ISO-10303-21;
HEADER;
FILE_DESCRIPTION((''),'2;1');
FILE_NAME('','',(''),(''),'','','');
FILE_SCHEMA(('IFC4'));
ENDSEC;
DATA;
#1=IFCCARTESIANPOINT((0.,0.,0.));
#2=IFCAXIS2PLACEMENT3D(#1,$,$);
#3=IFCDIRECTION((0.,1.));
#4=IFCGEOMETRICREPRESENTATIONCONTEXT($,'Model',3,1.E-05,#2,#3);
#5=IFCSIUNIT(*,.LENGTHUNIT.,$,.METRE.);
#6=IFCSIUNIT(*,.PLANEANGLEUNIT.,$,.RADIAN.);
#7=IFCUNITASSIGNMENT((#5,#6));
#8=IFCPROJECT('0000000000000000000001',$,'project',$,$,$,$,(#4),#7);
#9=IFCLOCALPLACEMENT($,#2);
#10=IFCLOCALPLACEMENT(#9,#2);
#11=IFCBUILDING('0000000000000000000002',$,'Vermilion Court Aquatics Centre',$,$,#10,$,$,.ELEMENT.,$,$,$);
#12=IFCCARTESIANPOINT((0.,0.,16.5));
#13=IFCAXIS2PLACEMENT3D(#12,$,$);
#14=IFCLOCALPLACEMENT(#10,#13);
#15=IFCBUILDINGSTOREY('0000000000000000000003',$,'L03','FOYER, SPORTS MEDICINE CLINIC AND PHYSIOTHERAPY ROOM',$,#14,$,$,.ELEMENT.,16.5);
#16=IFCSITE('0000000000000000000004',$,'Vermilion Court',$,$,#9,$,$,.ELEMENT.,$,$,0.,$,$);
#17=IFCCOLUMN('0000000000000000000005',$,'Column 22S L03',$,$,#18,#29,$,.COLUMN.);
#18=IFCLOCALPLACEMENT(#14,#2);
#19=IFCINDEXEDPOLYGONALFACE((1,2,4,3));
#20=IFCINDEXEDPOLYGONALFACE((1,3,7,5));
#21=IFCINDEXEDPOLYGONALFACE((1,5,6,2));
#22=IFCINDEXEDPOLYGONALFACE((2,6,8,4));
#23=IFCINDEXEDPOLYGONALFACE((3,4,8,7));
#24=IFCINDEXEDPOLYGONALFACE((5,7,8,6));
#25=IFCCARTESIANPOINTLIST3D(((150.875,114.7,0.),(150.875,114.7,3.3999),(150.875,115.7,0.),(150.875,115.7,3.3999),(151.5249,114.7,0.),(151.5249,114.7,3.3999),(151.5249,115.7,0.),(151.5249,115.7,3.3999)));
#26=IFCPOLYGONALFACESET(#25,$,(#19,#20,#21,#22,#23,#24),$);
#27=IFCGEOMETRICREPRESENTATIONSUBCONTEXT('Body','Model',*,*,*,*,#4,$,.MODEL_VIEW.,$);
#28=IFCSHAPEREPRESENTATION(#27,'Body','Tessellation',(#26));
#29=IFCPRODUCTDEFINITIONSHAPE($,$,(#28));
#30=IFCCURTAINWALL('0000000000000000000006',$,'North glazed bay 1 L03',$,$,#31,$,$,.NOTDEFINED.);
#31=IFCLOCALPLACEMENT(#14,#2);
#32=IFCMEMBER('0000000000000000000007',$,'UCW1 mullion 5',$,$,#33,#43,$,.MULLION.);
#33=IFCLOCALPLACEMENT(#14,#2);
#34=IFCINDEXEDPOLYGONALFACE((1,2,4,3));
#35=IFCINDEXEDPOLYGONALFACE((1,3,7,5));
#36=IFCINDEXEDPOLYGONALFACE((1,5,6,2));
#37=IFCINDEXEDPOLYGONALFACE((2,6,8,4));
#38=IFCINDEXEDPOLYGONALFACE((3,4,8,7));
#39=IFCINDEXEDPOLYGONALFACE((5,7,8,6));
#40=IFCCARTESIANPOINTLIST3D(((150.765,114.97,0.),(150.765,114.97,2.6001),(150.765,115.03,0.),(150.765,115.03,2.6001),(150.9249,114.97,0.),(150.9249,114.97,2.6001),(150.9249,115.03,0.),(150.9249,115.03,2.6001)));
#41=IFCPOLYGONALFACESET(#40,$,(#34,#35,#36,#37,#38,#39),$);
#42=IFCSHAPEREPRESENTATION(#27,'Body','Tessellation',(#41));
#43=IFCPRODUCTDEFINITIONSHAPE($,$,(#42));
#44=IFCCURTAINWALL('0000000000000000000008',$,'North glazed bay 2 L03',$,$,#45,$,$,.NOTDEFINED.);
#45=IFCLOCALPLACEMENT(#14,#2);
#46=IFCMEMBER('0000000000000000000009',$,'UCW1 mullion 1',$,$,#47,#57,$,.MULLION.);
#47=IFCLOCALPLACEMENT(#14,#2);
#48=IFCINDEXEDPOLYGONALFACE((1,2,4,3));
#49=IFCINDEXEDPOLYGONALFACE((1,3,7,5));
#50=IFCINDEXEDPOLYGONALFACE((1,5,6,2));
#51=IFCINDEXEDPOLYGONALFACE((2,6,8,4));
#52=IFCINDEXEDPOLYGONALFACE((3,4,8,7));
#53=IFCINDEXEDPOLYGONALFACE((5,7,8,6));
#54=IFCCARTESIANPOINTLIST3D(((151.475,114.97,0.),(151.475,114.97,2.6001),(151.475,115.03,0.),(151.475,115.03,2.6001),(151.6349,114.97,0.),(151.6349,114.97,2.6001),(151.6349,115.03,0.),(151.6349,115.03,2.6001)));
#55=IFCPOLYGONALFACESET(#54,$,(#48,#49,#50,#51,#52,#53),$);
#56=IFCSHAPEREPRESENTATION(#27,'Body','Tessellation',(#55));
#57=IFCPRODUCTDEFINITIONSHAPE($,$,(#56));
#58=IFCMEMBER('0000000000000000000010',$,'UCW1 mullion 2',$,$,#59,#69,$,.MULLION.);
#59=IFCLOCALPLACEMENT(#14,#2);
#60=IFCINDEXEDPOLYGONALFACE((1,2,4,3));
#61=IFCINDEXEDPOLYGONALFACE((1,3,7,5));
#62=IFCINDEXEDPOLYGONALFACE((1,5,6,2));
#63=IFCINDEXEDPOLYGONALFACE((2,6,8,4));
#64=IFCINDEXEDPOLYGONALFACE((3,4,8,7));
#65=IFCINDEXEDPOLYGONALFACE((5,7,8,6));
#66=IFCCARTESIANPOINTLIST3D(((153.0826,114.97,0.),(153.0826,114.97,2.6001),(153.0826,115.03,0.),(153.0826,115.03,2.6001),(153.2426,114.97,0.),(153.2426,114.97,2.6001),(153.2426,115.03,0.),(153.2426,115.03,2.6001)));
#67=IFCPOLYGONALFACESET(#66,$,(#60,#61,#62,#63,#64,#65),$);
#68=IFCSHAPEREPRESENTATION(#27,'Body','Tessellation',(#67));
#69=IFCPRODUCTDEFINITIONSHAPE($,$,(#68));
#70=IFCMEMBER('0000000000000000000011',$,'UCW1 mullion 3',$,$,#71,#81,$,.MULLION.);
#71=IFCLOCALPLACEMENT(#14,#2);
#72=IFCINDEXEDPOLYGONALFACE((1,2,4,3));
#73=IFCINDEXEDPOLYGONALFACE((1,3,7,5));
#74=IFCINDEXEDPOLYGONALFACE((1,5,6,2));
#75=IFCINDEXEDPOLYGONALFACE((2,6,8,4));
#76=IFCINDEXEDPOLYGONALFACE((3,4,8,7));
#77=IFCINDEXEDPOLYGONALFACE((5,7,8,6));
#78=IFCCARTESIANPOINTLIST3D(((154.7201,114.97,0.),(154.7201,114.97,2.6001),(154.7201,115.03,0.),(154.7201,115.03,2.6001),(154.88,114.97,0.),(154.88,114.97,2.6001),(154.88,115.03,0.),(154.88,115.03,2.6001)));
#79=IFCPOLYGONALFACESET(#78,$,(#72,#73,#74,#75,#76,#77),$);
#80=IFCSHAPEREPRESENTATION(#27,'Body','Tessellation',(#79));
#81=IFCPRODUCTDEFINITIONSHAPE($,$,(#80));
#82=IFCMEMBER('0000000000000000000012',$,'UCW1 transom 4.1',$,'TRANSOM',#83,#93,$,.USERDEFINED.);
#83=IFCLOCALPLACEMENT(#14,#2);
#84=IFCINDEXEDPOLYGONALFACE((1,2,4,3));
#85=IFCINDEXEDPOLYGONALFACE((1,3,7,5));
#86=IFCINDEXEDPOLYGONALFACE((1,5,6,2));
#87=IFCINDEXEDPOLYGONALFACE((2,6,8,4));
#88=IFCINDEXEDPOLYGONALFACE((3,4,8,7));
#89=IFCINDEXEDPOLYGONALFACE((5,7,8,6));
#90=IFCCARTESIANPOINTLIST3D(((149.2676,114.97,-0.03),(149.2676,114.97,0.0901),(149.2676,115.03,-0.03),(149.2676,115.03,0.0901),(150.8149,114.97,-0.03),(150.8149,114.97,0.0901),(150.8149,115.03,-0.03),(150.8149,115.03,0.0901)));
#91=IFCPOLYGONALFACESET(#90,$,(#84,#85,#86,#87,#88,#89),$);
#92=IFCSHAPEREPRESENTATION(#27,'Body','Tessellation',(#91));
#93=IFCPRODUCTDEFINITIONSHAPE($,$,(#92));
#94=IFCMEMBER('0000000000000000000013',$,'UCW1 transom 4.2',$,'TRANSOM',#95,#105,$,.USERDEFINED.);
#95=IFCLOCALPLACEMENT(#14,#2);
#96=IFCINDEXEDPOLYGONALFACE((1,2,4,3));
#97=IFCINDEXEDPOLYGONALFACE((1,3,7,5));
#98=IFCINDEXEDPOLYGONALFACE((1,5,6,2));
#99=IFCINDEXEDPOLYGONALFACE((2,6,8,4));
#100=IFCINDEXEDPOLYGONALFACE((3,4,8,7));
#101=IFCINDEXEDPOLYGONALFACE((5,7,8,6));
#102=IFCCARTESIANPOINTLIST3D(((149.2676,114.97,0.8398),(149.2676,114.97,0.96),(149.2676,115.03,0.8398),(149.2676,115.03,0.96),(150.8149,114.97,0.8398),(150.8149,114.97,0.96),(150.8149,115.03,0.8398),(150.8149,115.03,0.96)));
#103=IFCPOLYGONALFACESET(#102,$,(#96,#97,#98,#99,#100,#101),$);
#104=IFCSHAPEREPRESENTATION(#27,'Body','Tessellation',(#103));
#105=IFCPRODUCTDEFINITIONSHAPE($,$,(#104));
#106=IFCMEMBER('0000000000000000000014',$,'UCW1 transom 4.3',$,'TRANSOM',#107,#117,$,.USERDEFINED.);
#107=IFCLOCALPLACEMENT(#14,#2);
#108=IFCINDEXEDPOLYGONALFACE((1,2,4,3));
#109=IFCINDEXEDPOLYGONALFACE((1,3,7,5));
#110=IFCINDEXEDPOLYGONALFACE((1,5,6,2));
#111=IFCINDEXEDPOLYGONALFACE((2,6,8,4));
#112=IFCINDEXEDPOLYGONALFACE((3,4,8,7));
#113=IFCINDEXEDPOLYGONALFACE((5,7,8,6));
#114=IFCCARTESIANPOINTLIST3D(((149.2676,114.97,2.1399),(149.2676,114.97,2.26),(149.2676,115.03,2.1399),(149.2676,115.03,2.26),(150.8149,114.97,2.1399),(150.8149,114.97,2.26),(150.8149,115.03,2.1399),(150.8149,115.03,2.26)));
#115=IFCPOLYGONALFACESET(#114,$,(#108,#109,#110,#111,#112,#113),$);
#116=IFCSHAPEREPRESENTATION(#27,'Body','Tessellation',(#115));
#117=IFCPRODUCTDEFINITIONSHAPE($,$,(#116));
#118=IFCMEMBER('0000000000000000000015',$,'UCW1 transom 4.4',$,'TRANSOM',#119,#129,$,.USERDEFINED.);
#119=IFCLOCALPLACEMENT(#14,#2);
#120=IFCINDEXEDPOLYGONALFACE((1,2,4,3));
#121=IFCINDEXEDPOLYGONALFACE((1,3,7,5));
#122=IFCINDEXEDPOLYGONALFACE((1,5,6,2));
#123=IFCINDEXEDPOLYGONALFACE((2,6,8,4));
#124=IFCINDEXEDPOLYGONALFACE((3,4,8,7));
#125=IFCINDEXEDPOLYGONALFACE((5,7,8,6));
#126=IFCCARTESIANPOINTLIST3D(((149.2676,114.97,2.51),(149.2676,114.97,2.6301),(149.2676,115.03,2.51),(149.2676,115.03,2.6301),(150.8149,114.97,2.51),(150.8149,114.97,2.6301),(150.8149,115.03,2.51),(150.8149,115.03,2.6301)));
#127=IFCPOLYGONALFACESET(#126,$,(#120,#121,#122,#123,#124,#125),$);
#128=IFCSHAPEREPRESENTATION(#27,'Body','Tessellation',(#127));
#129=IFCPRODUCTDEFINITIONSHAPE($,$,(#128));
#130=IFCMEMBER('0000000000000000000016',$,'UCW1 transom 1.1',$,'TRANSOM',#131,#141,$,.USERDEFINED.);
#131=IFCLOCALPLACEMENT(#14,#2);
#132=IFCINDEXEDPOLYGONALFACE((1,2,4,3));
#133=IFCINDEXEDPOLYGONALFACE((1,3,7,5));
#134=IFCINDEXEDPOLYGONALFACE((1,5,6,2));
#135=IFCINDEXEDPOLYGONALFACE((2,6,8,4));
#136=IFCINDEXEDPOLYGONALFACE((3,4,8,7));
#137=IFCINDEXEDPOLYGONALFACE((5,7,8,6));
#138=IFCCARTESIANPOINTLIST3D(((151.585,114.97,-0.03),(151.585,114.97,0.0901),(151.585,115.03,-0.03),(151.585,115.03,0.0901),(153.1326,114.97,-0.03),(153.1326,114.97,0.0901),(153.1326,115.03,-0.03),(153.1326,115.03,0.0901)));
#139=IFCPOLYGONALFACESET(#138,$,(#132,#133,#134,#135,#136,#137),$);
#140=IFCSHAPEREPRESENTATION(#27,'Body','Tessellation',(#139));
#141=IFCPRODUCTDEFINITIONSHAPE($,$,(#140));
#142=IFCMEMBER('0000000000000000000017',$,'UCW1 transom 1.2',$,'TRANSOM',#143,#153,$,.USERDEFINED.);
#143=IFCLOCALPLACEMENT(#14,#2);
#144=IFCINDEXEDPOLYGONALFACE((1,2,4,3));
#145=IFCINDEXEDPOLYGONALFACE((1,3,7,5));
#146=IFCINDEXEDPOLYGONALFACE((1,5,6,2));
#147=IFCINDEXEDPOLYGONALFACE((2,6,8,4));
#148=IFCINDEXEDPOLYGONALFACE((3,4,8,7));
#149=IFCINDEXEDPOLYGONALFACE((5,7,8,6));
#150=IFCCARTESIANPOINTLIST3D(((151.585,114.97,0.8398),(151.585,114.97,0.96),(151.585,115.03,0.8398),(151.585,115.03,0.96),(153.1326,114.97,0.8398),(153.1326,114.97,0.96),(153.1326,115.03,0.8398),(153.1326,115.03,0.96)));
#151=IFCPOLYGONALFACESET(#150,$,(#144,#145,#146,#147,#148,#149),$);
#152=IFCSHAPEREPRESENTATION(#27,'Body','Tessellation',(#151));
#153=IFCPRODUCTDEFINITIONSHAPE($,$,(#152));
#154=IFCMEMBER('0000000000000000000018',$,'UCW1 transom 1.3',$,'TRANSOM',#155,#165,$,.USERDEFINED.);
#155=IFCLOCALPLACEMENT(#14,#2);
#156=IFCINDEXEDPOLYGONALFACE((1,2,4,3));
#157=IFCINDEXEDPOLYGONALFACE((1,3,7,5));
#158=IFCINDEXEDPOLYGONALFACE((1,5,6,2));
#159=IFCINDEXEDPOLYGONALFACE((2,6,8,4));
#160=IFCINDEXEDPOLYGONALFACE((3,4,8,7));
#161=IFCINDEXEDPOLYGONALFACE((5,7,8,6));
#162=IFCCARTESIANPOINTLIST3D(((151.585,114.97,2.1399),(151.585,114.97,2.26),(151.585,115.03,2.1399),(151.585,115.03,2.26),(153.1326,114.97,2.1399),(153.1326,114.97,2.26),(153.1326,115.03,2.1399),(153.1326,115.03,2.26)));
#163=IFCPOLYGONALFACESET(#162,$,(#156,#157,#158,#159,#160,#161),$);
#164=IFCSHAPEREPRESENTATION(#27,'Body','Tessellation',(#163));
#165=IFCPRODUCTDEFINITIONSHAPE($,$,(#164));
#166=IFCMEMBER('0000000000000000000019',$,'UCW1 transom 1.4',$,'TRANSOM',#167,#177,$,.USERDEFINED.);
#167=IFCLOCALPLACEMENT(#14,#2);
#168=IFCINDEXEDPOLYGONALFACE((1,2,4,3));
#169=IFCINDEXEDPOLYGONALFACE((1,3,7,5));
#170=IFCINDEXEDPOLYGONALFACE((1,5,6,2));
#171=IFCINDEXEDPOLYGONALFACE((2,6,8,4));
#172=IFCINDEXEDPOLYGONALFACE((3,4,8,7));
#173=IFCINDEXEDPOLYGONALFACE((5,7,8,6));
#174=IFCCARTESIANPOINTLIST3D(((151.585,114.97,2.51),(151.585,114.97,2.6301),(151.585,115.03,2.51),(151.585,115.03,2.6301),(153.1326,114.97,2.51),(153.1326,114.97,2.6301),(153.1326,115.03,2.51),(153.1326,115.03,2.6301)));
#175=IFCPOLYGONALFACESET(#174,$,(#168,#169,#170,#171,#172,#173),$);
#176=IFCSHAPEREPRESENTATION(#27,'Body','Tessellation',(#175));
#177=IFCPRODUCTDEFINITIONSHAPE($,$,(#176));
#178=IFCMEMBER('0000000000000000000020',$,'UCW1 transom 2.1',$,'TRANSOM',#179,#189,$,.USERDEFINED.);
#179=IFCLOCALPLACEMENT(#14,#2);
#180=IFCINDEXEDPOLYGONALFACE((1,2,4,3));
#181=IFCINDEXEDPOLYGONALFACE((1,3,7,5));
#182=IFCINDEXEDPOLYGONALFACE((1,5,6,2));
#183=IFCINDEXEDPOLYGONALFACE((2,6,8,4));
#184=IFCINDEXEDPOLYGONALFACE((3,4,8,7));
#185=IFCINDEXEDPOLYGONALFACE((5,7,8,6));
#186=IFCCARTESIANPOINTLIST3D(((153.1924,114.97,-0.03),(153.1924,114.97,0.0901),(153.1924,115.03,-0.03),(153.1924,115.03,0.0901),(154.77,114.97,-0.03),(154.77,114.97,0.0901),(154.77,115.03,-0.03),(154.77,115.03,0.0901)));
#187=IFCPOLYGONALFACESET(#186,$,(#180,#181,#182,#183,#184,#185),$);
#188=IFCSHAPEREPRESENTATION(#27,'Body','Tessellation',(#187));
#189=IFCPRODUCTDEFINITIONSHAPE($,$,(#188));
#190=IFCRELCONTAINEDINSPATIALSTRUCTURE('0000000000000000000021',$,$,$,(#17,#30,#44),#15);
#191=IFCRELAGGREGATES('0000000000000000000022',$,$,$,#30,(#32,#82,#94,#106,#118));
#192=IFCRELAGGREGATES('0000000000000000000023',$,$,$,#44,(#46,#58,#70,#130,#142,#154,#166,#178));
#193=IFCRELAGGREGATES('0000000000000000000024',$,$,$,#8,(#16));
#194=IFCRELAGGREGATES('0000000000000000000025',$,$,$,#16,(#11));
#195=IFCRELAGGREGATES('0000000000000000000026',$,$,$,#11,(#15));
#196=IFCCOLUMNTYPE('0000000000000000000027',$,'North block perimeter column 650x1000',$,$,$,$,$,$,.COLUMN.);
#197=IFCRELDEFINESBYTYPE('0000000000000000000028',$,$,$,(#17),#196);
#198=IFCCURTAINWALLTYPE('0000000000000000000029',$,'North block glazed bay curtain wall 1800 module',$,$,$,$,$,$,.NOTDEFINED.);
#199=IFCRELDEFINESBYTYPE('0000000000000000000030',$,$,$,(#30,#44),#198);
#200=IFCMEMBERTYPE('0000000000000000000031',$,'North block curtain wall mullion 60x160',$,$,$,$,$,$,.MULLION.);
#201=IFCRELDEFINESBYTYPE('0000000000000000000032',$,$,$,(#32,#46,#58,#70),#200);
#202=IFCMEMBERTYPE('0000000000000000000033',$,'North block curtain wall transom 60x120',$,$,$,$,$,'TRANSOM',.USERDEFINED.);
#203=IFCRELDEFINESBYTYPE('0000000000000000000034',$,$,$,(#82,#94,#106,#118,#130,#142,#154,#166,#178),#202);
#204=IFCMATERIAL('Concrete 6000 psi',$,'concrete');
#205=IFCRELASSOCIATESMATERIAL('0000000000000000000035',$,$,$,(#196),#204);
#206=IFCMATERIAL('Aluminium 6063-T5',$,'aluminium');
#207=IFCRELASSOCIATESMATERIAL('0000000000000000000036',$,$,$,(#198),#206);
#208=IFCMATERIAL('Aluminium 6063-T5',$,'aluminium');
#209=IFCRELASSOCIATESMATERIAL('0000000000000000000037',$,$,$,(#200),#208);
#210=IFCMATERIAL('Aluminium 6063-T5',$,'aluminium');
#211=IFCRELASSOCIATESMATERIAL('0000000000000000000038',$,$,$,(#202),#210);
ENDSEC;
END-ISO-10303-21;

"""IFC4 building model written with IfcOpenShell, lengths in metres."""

from ifc_helpers import new_model, si_unit, direction, frame, origin, origin_2d, place, context, subcontext, project, spatial, rectangle, extrude, material, material_profile, profile_set, type_object, element, aggregate, save


model = new_model("IFC4")

# Units and contexts
model_context = context("Model", 3, precision=1e-05, world=origin(), true_north=direction((0.0, 1.0)))
body_context = subcontext(model_context, "Body", "Model", "MODEL_VIEW")
ifc_project = project(units=[si_unit("LENGTHUNIT", "METRE"), si_unit("PLANEANGLEUNIT", "RADIAN")], contexts=[model_context])

# Site, building, storey
site_placement = place(None, origin())
site = spatial("IfcSite", under=ifc_project, at=site_placement, Name="Vermilion Court", CompositionType="ELEMENT", RefElevation=0.0)
building_placement = place(site_placement, origin())
building = spatial("IfcBuilding", under=site, at=building_placement, Name="Vermilion Court Aquatics Centre", CompositionType="ELEMENT")
storey_placement = place(building_placement, frame((0.0, 0.0, 16.5)))
storey = spatial("IfcBuildingStorey", under=building, at=storey_placement, Name="L03", Description="FOYER, SPORTS MEDICINE CLINIC AND PHYSIOTHERAPY ROOM", CompositionType="ELEMENT", Elevation=16.5)

# Column
ifc_material_1 = material(Name="Concrete 6000 psi", Category="concrete")
ifc_material_profile_1 = material_profile(ifc_material_1, rectangle(XDim=0.6499, YDim=1.0, at=origin_2d()), Name="RC 650x1000")
ifc_profile_set_1 = profile_set([ifc_material_profile_1], Name="Concrete 6000 psi")
column_type = type_object("IfcColumnType", Name="North block perimeter column 650x1000", PredefinedType="COLUMN", material=ifc_profile_set_1)
column_placement = place(storey_placement, frame((151.2, 115.2, 0.0), z_axis=(0.0, 0.0, 1.0), x_axis=(1.0, 0.0, 0.0)))
element("IfcColumn", 1, at=column_placement, inside=storey, type_object=column_type, Name="Column 22S L03", PredefinedType="COLUMN", context=body_context, shape_type="SweptSolid", body=[
    extrude(rectangle(XDim=0.6499, YDim=1.0, at=origin_2d()), origin(), (0.0, 0.0, 1.0), 3.3999),
])

# Curtain wall, member
ifc_material_2 = material(Name="Aluminium 6063-T5", Category="aluminium")
curtain_wall_type = type_object("IfcCurtainWallType", Name="North block glazed bay curtain wall 1800 module", PredefinedType="NOTDEFINED", material=ifc_material_2)
curtain_wall_1_placement = place(storey_placement, origin())
curtain_wall_1 = element("IfcCurtainWall", 2, at=curtain_wall_1_placement, inside=storey, type_object=curtain_wall_type, Name="North glazed bay 1 L03", PredefinedType="NOTDEFINED")
ifc_material_3 = material(Name="Aluminium 6063-T5", Category="aluminium")
ifc_material_profile_2 = material_profile(ifc_material_3, rectangle(XDim=0.0601, YDim=0.1599, at=origin_2d()), Name="AL 60x160")
ifc_profile_set_2 = profile_set([ifc_material_profile_2], Name="Aluminium 6063-T5")
member_type_1 = type_object("IfcMemberType", Name="North block curtain wall mullion 60x160", PredefinedType="MULLION", material=ifc_profile_set_2)
member_1_placement = place(storey_placement, frame((150.845, 115.0, 0.0), z_axis=(0.0, 0.0, 1.0), x_axis=(0.0, 1.0, 0.0)))
member_1 = element("IfcMember", 3, at=member_1_placement, type_object=member_type_1, Name="UCW1 mullion 5", PredefinedType="MULLION", context=body_context, shape_type="SweptSolid", body=[
    extrude(rectangle(XDim=0.0601, YDim=0.1599, at=origin_2d()), origin(), (0.0, 0.0, 1.0), 2.6001),
])

# Curtain wall, members
curtain_wall_2_placement = place(storey_placement, origin())
curtain_wall_2 = element("IfcCurtainWall", 4, at=curtain_wall_2_placement, inside=storey, type_object=curtain_wall_type, Name="North glazed bay 2 L03", PredefinedType="NOTDEFINED")
member_2_placement = place(storey_placement, frame((151.5549, 115.0, 0.0), z_axis=(0.0, 0.0, 1.0), x_axis=(0.0, 1.0, 0.0)))
member_2 = element("IfcMember", 5, at=member_2_placement, type_object=member_type_1, Name="UCW1 mullion 1", PredefinedType="MULLION", context=body_context, shape_type="SweptSolid", body=[
    extrude(rectangle(XDim=0.0601, YDim=0.1599, at=origin_2d()), origin(), (0.0, 0.0, 1.0), 2.6001),
])
member_3_placement = place(storey_placement, frame((153.1626, 115.0, 0.0), z_axis=(0.0, 0.0, 1.0), x_axis=(0.0, 1.0, 0.0)))
member_3 = element("IfcMember", 6, at=member_3_placement, type_object=member_type_1, Name="UCW1 mullion 2", PredefinedType="MULLION", context=body_context, shape_type="SweptSolid", body=[
    extrude(rectangle(XDim=0.0601, YDim=0.1599, at=origin_2d()), origin(), (0.0, 0.0, 1.0), 2.6001),
])
member_4_placement = place(storey_placement, frame((154.8, 115.0, 0.0), z_axis=(0.0, 0.0, 1.0), x_axis=(0.0, 1.0, 0.0)))
member_4 = element("IfcMember", 7, at=member_4_placement, type_object=member_type_1, Name="UCW1 mullion 3", PredefinedType="MULLION", context=body_context, shape_type="SweptSolid", body=[
    extrude(rectangle(XDim=0.0601, YDim=0.1599, at=origin_2d()), origin(), (0.0, 0.0, 1.0), 2.6001),
])

# Members
ifc_material_4 = material(Name="Aluminium 6063-T5", Category="aluminium")
ifc_material_profile_3 = material_profile(ifc_material_4, rectangle(XDim=0.0601, YDim=0.1201, at=origin_2d()), Name="AL 60x120")
ifc_profile_set_3 = profile_set([ifc_material_profile_3], Name="Aluminium 6063-T5")
member_type_2 = type_object("IfcMemberType", Name="North block curtain wall transom 60x120", ElementType="TRANSOM", PredefinedType="USERDEFINED", material=ifc_profile_set_3)
member_5_placement = place(storey_placement, frame((149.2676, 115.0, 0.03), z_axis=(1.0, 0.0, 0.0), x_axis=(0.0, 1.0, 0.0)))
member_5 = element("IfcMember", 8, at=member_5_placement, type_object=member_type_2, Name="UCW1 transom 4.1", ObjectType="TRANSOM", PredefinedType="USERDEFINED", context=body_context, shape_type="SweptSolid", body=[
    extrude(rectangle(XDim=0.0601, YDim=0.1201, at=origin_2d()), origin(), (0.0, 0.0, 1.0), 1.5474),
])
member_6_placement = place(storey_placement, frame((149.2676, 115.0, 0.8999), z_axis=(1.0, 0.0, 0.0), x_axis=(0.0, 1.0, 0.0)))
member_6 = element("IfcMember", 9, at=member_6_placement, type_object=member_type_2, Name="UCW1 transom 4.2", ObjectType="TRANSOM", PredefinedType="USERDEFINED", context=body_context, shape_type="SweptSolid", body=[
    extrude(rectangle(XDim=0.0601, YDim=0.1201, at=origin_2d()), origin(), (0.0, 0.0, 1.0), 1.5474),
])
member_7_placement = place(storey_placement, frame((149.2676, 115.0, 2.2), z_axis=(1.0, 0.0, 0.0), x_axis=(0.0, 1.0, 0.0)))
member_7 = element("IfcMember", 10, at=member_7_placement, type_object=member_type_2, Name="UCW1 transom 4.3", ObjectType="TRANSOM", PredefinedType="USERDEFINED", context=body_context, shape_type="SweptSolid", body=[
    extrude(rectangle(XDim=0.0601, YDim=0.1201, at=origin_2d()), origin(), (0.0, 0.0, 1.0), 1.5474),
])
member_8_placement = place(storey_placement, frame((149.2676, 115.0, 2.5701), z_axis=(1.0, 0.0, 0.0), x_axis=(0.0, 1.0, 0.0)))
member_8 = element("IfcMember", 11, at=member_8_placement, type_object=member_type_2, Name="UCW1 transom 4.4", ObjectType="TRANSOM", PredefinedType="USERDEFINED", context=body_context, shape_type="SweptSolid", body=[
    extrude(rectangle(XDim=0.0601, YDim=0.1201, at=origin_2d()), origin(), (0.0, 0.0, 1.0), 1.5474),
])
member_9_placement = place(storey_placement, frame((151.585, 115.0, 0.03), z_axis=(1.0, 0.0, 0.0), x_axis=(0.0, 1.0, 0.0)))
member_9 = element("IfcMember", 12, at=member_9_placement, type_object=member_type_2, Name="UCW1 transom 1.1", ObjectType="TRANSOM", PredefinedType="USERDEFINED", context=body_context, shape_type="SweptSolid", body=[
    extrude(rectangle(XDim=0.0601, YDim=0.1201, at=origin_2d()), origin(), (0.0, 0.0, 1.0), 1.5476),
])
member_10_placement = place(storey_placement, frame((151.585, 115.0, 0.8999), z_axis=(1.0, 0.0, 0.0), x_axis=(0.0, 1.0, 0.0)))
member_10 = element("IfcMember", 13, at=member_10_placement, type_object=member_type_2, Name="UCW1 transom 1.2", ObjectType="TRANSOM", PredefinedType="USERDEFINED", context=body_context, shape_type="SweptSolid", body=[
    extrude(rectangle(XDim=0.0601, YDim=0.1201, at=origin_2d()), origin(), (0.0, 0.0, 1.0), 1.5476),
])
member_11_placement = place(storey_placement, frame((151.585, 115.0, 2.2), z_axis=(1.0, 0.0, 0.0), x_axis=(0.0, 1.0, 0.0)))
member_11 = element("IfcMember", 14, at=member_11_placement, type_object=member_type_2, Name="UCW1 transom 1.3", ObjectType="TRANSOM", PredefinedType="USERDEFINED", context=body_context, shape_type="SweptSolid", body=[
    extrude(rectangle(XDim=0.0601, YDim=0.1201, at=origin_2d()), origin(), (0.0, 0.0, 1.0), 1.5476),
])
member_12_placement = place(storey_placement, frame((151.585, 115.0, 2.5701), z_axis=(1.0, 0.0, 0.0), x_axis=(0.0, 1.0, 0.0)))
member_12 = element("IfcMember", 15, at=member_12_placement, type_object=member_type_2, Name="UCW1 transom 1.4", ObjectType="TRANSOM", PredefinedType="USERDEFINED", context=body_context, shape_type="SweptSolid", body=[
    extrude(rectangle(XDim=0.0601, YDim=0.1201, at=origin_2d()), origin(), (0.0, 0.0, 1.0), 1.5476),
])
member_13_placement = place(storey_placement, frame((153.1924, 115.0, 0.03), z_axis=(1.0, 0.0, 0.0), x_axis=(0.0, 1.0, 0.0)))
member_13 = element("IfcMember", 16, at=member_13_placement, type_object=member_type_2, Name="UCW1 transom 2.1", ObjectType="TRANSOM", PredefinedType="USERDEFINED", context=body_context, shape_type="SweptSolid", body=[
    extrude(rectangle(XDim=0.0601, YDim=0.1201, at=origin_2d()), origin(), (0.0, 0.0, 1.0), 1.5776),
])

aggregate(curtain_wall_1, [member_1, member_5, member_6, member_7, member_8])
aggregate(curtain_wall_2, [member_2, member_3, member_4, member_9, member_10, member_11, member_12, member_13])

save(model, "model.ifc")
